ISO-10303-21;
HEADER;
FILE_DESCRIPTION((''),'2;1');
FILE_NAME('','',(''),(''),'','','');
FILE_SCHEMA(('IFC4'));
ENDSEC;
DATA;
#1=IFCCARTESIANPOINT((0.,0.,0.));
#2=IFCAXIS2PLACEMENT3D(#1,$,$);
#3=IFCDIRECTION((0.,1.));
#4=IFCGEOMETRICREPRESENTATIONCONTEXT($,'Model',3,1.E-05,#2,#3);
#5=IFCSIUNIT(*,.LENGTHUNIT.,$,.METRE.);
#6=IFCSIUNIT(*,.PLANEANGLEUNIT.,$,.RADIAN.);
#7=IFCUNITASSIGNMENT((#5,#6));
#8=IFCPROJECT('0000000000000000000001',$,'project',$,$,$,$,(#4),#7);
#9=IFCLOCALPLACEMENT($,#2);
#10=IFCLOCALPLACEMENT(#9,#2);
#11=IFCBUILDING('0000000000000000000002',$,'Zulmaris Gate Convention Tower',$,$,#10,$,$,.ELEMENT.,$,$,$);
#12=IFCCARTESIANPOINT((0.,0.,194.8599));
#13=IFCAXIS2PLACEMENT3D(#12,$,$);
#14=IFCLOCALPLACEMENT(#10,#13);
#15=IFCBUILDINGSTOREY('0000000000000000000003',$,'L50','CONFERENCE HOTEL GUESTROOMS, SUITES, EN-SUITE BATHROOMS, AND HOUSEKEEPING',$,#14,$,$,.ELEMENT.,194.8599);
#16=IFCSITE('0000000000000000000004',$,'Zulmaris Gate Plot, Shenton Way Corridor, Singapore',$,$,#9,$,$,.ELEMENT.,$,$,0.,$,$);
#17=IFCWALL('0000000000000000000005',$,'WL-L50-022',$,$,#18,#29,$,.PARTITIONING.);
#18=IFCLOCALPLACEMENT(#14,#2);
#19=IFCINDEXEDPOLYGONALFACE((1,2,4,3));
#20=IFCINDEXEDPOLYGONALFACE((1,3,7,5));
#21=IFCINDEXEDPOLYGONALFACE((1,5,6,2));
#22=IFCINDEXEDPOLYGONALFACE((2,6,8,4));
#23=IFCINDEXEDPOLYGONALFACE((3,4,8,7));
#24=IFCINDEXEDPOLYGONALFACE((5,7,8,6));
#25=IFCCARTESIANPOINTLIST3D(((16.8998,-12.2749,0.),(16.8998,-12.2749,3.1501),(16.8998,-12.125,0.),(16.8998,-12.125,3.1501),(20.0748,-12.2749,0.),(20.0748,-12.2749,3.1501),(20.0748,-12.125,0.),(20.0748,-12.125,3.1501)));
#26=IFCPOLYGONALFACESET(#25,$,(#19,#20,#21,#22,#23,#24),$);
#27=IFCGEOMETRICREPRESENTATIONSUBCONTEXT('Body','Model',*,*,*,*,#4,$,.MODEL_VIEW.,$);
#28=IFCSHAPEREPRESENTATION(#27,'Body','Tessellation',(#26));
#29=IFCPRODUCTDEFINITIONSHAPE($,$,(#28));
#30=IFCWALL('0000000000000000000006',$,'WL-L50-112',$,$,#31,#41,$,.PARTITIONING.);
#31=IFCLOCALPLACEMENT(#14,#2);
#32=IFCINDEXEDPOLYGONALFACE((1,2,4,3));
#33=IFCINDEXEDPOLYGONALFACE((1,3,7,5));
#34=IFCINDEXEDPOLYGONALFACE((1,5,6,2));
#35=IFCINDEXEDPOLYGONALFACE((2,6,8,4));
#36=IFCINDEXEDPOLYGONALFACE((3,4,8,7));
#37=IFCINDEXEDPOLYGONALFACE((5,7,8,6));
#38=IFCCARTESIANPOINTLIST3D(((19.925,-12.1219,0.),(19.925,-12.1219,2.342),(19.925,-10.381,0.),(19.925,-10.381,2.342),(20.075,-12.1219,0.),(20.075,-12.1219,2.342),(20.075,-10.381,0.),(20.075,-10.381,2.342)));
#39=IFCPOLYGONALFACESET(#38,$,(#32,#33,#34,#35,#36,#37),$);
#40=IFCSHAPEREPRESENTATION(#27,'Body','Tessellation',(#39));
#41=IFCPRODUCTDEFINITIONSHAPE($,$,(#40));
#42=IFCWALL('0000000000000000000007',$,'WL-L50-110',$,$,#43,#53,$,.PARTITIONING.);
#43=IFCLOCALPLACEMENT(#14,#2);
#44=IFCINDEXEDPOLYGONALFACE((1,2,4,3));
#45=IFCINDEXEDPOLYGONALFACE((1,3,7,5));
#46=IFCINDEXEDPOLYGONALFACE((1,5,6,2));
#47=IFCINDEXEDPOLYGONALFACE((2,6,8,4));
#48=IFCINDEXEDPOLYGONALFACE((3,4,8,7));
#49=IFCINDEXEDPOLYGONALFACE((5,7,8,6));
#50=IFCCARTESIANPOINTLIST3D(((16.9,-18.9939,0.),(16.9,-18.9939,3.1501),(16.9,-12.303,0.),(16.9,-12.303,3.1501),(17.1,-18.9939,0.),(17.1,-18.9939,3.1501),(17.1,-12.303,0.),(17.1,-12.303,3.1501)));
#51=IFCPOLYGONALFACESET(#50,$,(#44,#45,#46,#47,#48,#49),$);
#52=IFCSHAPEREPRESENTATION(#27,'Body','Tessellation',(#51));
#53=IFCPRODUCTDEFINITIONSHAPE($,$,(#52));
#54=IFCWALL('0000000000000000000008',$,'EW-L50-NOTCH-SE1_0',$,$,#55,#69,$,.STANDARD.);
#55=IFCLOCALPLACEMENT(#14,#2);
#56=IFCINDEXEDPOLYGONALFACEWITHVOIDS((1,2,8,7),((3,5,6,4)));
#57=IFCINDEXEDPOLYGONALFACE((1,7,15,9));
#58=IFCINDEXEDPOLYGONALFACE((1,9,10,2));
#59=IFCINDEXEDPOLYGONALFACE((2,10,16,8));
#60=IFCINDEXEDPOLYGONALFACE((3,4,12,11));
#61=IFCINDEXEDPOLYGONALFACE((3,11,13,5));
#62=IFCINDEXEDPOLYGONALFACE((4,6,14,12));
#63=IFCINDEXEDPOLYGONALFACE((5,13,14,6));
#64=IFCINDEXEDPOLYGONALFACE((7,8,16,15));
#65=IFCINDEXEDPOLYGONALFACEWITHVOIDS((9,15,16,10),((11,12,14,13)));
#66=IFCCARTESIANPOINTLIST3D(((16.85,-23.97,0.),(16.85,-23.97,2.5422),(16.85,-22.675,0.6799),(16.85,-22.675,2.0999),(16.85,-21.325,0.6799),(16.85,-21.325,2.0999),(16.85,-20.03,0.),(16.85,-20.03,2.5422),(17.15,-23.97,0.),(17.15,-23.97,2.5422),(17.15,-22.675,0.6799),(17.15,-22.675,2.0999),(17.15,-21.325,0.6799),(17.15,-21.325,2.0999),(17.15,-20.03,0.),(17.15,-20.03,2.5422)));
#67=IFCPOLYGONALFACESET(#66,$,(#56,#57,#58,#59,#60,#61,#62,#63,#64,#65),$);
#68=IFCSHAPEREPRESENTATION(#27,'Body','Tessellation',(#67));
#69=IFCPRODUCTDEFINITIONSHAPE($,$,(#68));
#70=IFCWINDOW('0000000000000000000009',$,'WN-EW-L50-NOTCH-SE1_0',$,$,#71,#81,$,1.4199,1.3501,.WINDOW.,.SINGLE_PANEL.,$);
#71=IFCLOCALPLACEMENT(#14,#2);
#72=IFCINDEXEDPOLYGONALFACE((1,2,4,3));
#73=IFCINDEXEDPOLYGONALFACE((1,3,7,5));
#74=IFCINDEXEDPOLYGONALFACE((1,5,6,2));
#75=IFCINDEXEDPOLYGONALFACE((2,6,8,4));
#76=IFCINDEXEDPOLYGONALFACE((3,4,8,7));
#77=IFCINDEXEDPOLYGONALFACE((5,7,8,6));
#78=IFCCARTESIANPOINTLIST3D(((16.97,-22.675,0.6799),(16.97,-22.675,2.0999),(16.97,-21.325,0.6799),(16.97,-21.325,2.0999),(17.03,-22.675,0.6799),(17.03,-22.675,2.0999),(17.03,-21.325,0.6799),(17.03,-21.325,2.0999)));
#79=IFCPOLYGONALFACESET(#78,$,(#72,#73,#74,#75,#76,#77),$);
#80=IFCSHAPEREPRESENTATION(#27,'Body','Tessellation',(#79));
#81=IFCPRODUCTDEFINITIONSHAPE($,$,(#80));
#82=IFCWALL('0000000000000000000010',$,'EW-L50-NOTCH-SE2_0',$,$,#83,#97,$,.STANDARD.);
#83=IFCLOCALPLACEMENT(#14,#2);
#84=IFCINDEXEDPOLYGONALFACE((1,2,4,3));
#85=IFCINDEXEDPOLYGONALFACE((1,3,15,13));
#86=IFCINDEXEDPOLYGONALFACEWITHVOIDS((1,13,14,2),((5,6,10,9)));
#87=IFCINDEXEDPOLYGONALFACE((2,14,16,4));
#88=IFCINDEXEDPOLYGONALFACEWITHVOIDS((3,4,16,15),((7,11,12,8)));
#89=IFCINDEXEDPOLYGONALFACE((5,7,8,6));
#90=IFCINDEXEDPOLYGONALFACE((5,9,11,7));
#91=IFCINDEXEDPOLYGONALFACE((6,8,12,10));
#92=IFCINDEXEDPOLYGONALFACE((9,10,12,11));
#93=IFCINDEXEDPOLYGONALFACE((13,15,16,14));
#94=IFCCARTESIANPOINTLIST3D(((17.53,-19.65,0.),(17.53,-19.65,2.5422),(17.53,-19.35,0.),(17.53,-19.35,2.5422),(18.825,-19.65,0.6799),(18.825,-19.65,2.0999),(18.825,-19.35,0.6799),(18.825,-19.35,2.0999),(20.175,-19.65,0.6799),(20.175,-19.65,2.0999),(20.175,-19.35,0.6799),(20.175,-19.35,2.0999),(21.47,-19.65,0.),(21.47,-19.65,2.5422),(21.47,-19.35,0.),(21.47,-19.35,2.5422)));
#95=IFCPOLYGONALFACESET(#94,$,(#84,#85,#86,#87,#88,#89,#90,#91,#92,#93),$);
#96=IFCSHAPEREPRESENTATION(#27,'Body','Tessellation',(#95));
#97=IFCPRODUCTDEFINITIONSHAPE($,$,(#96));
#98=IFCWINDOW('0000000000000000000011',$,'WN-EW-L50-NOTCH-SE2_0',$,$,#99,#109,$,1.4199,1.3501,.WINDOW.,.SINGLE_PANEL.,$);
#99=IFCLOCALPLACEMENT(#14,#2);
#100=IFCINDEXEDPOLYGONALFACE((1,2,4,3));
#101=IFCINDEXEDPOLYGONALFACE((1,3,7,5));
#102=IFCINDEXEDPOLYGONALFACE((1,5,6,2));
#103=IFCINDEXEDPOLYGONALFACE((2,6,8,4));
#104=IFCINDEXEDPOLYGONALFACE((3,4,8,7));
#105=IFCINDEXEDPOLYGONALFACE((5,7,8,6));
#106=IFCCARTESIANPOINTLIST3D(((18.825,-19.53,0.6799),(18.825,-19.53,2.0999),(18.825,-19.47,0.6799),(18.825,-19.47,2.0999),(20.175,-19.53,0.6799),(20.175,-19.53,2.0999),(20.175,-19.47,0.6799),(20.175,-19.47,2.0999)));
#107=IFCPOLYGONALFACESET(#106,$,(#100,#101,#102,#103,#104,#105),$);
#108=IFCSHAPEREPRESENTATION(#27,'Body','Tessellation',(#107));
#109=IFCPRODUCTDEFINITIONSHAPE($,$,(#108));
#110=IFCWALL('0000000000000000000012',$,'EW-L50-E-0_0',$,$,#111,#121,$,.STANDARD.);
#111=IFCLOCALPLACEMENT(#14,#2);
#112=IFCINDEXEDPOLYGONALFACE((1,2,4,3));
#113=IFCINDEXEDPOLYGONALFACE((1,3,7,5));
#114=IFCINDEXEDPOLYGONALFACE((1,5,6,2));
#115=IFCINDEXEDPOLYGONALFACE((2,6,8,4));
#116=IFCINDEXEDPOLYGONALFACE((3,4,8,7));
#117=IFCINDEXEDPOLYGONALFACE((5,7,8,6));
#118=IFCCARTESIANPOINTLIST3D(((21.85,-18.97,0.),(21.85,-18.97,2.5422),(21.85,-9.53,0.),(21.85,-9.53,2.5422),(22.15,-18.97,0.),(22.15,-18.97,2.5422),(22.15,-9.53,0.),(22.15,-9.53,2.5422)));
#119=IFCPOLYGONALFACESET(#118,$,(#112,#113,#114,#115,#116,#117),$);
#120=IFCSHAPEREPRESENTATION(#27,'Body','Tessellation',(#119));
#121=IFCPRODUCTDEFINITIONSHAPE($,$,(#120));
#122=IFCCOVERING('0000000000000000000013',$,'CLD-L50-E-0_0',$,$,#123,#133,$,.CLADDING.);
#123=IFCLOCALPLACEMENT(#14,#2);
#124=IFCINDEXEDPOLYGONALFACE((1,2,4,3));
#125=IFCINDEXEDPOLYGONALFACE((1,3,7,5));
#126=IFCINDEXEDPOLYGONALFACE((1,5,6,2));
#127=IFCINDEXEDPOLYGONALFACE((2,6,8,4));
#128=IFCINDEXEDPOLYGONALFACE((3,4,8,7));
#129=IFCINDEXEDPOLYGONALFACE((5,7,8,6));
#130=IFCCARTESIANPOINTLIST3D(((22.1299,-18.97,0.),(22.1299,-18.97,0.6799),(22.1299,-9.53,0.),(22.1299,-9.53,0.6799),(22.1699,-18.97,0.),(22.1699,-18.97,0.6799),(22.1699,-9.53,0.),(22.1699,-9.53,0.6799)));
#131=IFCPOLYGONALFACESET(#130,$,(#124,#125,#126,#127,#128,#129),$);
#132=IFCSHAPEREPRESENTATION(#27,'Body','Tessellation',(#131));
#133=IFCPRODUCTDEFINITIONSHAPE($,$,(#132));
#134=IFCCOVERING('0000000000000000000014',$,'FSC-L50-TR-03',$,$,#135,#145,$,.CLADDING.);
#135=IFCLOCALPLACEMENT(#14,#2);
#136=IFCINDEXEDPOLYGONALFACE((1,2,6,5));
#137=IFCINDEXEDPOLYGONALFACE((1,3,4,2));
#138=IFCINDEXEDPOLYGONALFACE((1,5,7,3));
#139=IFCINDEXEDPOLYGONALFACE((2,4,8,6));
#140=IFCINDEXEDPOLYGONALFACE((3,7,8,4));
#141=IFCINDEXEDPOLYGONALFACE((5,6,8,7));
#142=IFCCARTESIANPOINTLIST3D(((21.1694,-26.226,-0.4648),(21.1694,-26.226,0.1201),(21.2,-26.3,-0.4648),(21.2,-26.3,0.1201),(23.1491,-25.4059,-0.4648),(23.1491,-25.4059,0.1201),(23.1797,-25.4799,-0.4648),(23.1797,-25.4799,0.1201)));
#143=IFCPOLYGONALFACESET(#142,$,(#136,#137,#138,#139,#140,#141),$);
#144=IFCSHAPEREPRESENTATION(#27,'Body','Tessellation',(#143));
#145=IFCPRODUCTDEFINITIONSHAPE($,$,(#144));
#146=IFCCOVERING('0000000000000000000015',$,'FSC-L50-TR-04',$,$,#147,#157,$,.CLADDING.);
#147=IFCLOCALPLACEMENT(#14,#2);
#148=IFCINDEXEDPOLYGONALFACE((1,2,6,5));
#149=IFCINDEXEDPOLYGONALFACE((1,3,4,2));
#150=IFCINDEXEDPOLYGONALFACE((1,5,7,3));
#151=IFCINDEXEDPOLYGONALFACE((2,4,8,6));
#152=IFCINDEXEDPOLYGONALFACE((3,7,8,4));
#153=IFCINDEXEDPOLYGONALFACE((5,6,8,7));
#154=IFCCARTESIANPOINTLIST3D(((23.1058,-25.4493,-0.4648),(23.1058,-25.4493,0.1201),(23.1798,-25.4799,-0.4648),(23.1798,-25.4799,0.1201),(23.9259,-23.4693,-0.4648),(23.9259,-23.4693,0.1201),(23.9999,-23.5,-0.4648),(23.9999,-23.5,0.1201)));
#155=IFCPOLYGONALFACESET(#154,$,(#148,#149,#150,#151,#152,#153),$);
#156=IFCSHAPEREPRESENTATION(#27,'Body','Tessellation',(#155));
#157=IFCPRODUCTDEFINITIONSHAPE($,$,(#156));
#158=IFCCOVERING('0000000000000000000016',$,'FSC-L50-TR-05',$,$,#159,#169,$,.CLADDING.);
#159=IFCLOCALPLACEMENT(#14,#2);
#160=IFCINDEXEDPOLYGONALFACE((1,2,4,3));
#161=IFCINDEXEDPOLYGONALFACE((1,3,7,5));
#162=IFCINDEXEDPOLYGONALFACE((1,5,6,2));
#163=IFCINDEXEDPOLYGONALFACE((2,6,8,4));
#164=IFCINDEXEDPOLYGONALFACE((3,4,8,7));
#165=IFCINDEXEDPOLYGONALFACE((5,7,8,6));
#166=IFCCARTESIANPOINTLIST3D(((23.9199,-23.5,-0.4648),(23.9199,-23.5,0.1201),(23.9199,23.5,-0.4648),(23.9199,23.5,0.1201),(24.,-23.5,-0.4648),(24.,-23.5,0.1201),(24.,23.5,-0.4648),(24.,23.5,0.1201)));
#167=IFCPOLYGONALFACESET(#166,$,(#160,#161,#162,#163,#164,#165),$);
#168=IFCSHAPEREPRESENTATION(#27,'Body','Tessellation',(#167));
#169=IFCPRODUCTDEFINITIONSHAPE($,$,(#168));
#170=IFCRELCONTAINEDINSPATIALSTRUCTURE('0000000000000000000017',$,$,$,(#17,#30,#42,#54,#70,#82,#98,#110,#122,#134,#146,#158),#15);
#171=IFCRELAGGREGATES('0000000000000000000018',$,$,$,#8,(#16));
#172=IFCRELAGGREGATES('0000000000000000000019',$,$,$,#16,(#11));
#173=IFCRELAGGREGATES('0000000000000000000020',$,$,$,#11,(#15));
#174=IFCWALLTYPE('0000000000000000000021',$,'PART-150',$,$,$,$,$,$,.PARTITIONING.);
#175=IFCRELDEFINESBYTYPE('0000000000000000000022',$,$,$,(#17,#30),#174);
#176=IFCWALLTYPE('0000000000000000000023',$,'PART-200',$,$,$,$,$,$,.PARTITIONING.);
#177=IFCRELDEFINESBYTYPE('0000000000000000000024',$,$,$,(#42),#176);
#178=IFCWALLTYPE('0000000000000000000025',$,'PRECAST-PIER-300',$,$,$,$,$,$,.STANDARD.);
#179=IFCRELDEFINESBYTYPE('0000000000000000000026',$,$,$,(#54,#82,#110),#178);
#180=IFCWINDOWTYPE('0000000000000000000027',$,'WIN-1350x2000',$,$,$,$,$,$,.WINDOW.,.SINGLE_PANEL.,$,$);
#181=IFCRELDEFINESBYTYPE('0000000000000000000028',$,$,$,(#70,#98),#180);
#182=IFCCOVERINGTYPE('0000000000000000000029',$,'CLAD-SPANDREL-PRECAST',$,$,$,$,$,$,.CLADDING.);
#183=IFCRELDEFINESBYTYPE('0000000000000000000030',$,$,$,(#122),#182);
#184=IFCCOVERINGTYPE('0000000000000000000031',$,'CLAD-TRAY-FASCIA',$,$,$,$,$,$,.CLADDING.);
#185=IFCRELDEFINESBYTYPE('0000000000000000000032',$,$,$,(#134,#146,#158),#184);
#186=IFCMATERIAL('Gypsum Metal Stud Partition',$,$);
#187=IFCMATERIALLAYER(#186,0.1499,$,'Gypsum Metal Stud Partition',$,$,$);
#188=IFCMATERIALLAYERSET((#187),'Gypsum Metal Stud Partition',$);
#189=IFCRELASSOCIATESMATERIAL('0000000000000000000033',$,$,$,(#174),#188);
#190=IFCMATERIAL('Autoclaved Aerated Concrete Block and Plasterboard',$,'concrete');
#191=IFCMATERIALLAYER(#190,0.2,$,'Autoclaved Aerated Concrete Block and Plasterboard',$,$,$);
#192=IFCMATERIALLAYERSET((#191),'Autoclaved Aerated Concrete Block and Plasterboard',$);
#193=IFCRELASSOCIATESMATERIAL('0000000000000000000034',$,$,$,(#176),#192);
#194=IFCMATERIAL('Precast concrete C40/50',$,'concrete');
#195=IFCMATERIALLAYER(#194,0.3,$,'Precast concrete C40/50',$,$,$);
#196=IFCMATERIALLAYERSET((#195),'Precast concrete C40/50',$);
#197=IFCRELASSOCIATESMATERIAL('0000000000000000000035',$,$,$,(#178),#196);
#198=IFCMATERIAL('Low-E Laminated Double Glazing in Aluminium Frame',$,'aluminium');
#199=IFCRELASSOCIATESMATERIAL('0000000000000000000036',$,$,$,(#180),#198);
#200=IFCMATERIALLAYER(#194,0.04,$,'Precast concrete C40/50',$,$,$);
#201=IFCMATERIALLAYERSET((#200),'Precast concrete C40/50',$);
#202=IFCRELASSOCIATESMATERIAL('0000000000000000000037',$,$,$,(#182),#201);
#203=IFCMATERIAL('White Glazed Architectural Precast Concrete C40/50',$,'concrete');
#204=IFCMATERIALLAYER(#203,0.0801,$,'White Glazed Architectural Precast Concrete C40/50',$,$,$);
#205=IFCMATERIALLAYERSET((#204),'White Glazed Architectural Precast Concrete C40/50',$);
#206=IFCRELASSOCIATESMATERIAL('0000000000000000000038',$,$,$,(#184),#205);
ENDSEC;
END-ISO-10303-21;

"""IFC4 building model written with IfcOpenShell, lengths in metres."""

from ifc_helpers import new_model, si_unit, direction, frame, frame_2d, origin, place, context, subcontext, project, spatial, rectangle, extrude, material, layer, layer_set, type_object, element, fill, save


model = new_model("IFC4")

# Units and contexts
model_context = context("Model", 3, precision=1e-05, world=origin(), true_north=direction((0.0, 1.0)))
body_context = subcontext(model_context, "Body", "Model", "MODEL_VIEW")
ifc_project = project(units=[si_unit("LENGTHUNIT", "METRE"), si_unit("PLANEANGLEUNIT", "RADIAN")], contexts=[model_context])

# Site, building, storey
site_placement = place(None, origin())
site = spatial("IfcSite", under=ifc_project, at=site_placement, Name="Zulmaris Gate Plot, Shenton Way Corridor, Singapore", CompositionType="ELEMENT", RefElevation=0.0)
building_placement = place(site_placement, origin())
building = spatial("IfcBuilding", under=site, at=building_placement, Name="Zulmaris Gate Convention Tower", CompositionType="ELEMENT")
storey_placement = place(building_placement, frame((0.0, 0.0, 194.8599)))
storey = spatial("IfcBuildingStorey", under=building, at=storey_placement, Name="L50", Description="CONFERENCE HOTEL GUESTROOMS, SUITES, EN-SUITE BATHROOMS, AND HOUSEKEEPING", CompositionType="ELEMENT", Elevation=194.8599)

# Walls
ifc_material_1 = material(Name="Gypsum Metal Stud Partition")
ifc_layer_1 = layer(ifc_material_1, 0.1499, Name="Gypsum Metal Stud Partition")
ifc_layer_set_1 = layer_set([ifc_layer_1], Name="Gypsum Metal Stud Partition")
wall_type_1 = type_object("IfcWallType", Name="PART-150", PredefinedType="PARTITIONING", material=ifc_layer_set_1)
wall_1_placement = place(storey_placement, frame((16.8999, -12.2, 0.0), z_axis=(0.0, 0.0, 1.0), x_axis=(1.0, 0.0, 0.0)))
element("IfcWall", 1, at=wall_1_placement, inside=storey, type_object=wall_type_1, Name="WL-L50-022", PredefinedType="PARTITIONING", context=body_context, shape_type="SweptSolid", body=[
    extrude(rectangle(XDim=3.175, YDim=0.1499, at=frame_2d((1.5874, 0.0))), origin(), (0.0, 0.0, 1.0), 3.1501),
])
wall_2_placement = place(storey_placement, frame((20.0, -12.1221, 0.0), z_axis=(0.0, 0.0, 1.0), x_axis=(0.0, 1.0, 0.0)))
element("IfcWall", 2, at=wall_2_placement, inside=storey, type_object=wall_type_1, Name="WL-L50-112", PredefinedType="PARTITIONING", context=body_context, shape_type="SweptSolid", body=[
    extrude(rectangle(XDim=1.741, YDim=0.1499, at=frame_2d((0.8706, 0.0))), origin(), (0.0, 0.0, 1.0), 2.342),
])
ifc_material_2 = material(Name="Autoclaved Aerated Concrete Block and Plasterboard", Category="concrete")
ifc_layer_2 = layer(ifc_material_2, 0.2, Name="Autoclaved Aerated Concrete Block and Plasterboard")
ifc_layer_set_2 = layer_set([ifc_layer_2], Name="Autoclaved Aerated Concrete Block and Plasterboard")
wall_type_2 = type_object("IfcWallType", Name="PART-200", PredefinedType="PARTITIONING", material=ifc_layer_set_2)
wall_3_placement = place(storey_placement, frame((17.0, -18.9939, 0.0), z_axis=(0.0, 0.0, 1.0), x_axis=(0.0, 1.0, 0.0)))
element("IfcWall", 3, at=wall_3_placement, inside=storey, type_object=wall_type_2, Name="WL-L50-110", PredefinedType="PARTITIONING", context=body_context, shape_type="SweptSolid", body=[
    extrude(rectangle(XDim=6.6909, YDim=0.2, at=frame_2d((3.3455, 0.0))), origin(), (0.0, 0.0, 1.0), 3.1501),
])

# Walls, openings, windows
ifc_material_3 = material(Name="Precast concrete C40/50", Category="concrete")
ifc_layer_3 = layer(ifc_material_3, 0.3, Name="Precast concrete C40/50")
ifc_layer_set_3 = layer_set([ifc_layer_3], Name="Precast concrete C40/50")
wall_type_3 = type_object("IfcWallType", Name="PRECAST-PIER-300", PredefinedType="STANDARD", material=ifc_layer_set_3)
wall_4_placement = place(storey_placement, frame((17.0, -23.97, 0.0), z_axis=(0.0, 0.0, 1.0), x_axis=(0.0, 1.0, 0.0)))
wall_4 = element("IfcWall", 4, at=wall_4_placement, inside=storey, type_object=wall_type_3, Name="EW-L50-NOTCH-SE1_0", PredefinedType="STANDARD", context=body_context, shape_type="SweptSolid", body=[
    extrude(rectangle(XDim=3.9399, YDim=0.3, at=frame_2d((1.97, 0.0))), origin(), (0.0, 0.0, 1.0), 2.5422),
])
opening_1_placement = place(wall_4_placement, frame((1.2949, 0.0, 0.6799)))
opening_1 = element("IfcOpeningElement", 5, at=opening_1_placement, cuts=wall_4, PredefinedType="OPENING", context=body_context, shape_type="SweptSolid", body=[
    extrude(rectangle(XDim=1.3501, YDim=1.4199, at=frame_2d((0.675, 0.71))), frame((0.0, 0.1602, 0.0), z_axis=(0.0, -1.0, 0.0), x_axis=(1.0, 0.0, 0.0)), (0.0, 0.0, 1.0), 0.3201),
])
ifc_material_4 = material(Name="Low-E Laminated Double Glazing in Aluminium Frame", Category="aluminium")
window_type = type_object("IfcWindowType", Name="WIN-1350x2000", PartitioningType="SINGLE_PANEL", PredefinedType="WINDOW", material=ifc_material_4)
window_1_placement = place(opening_1_placement, origin())
window_1 = element("IfcWindow", 6, at=window_1_placement, inside=storey, type_object=window_type, Name="WN-EW-L50-NOTCH-SE1_0", OverallHeight=1.4199, OverallWidth=1.3501, PartitioningType="SINGLE_PANEL", PredefinedType="WINDOW", context=body_context, shape_type="SweptSolid", body=[
    extrude(rectangle(XDim=1.3501, YDim=1.4199, at=frame_2d((0.675, 0.71))), frame((0.0, 0.03, 0.0), z_axis=(0.0, -1.0, 0.0), x_axis=(1.0, 0.0, 0.0)), (0.0, 0.0, 1.0), 0.0601),
])
fill(opening_1, window_1)
wall_5_placement = place(storey_placement, frame((17.53, -19.5, 0.0), z_axis=(0.0, 0.0, 1.0), x_axis=(1.0, 0.0, 0.0)))
wall_5 = element("IfcWall", 7, at=wall_5_placement, inside=storey, type_object=wall_type_3, Name="EW-L50-NOTCH-SE2_0", PredefinedType="STANDARD", context=body_context, shape_type="SweptSolid", body=[
    extrude(rectangle(XDim=3.9399, YDim=0.3, at=frame_2d((1.97, 0.0))), origin(), (0.0, 0.0, 1.0), 2.5422),
])
opening_2_placement = place(wall_5_placement, frame((1.2949, 0.0, 0.6799)))
opening_2 = element("IfcOpeningElement", 8, at=opening_2_placement, cuts=wall_5, PredefinedType="OPENING", context=body_context, shape_type="SweptSolid", body=[
    extrude(rectangle(XDim=1.3501, YDim=1.4199, at=frame_2d((0.675, 0.71))), frame((0.0, 0.1602, 0.0), z_axis=(0.0, -1.0, 0.0), x_axis=(1.0, 0.0, 0.0)), (0.0, 0.0, 1.0), 0.3201),
])
window_2_placement = place(opening_2_placement, origin())
window_2 = element("IfcWindow", 9, at=window_2_placement, inside=storey, type_object=window_type, Name="WN-EW-L50-NOTCH-SE2_0", OverallHeight=1.4199, OverallWidth=1.3501, PartitioningType="SINGLE_PANEL", PredefinedType="WINDOW", context=body_context, shape_type="SweptSolid", body=[
    extrude(rectangle(XDim=1.3501, YDim=1.4199, at=frame_2d((0.675, 0.71))), frame((0.0, 0.03, 0.0), z_axis=(0.0, -1.0, 0.0), x_axis=(1.0, 0.0, 0.0)), (0.0, 0.0, 1.0), 0.0601),
])
fill(opening_2, window_2)

# Wall
wall_6_placement = place(storey_placement, frame((22.0, -18.97, 0.0), z_axis=(0.0, 0.0, 1.0), x_axis=(0.0, 1.0, 0.0)))
element("IfcWall", 10, at=wall_6_placement, inside=storey, type_object=wall_type_3, Name="EW-L50-E-0_0", PredefinedType="STANDARD", context=body_context, shape_type="SweptSolid", body=[
    extrude(rectangle(XDim=9.4399, YDim=0.3, at=frame_2d((4.72, 0.0))), origin(), (0.0, 0.0, 1.0), 2.5422),
])

# Coverings
ifc_layer_4 = layer(ifc_material_3, 0.04, Name="Precast concrete C40/50")
ifc_layer_set_4 = layer_set([ifc_layer_4], Name="Precast concrete C40/50")
covering_type_1 = type_object("IfcCoveringType", Name="CLAD-SPANDREL-PRECAST", PredefinedType="CLADDING", material=ifc_layer_set_4)
covering_1_placement = place(storey_placement, frame((22.1499, -18.97, 0.0), z_axis=(0.0, 0.0, 1.0), x_axis=(0.0, 1.0, 0.0)))
element("IfcCovering", 11, at=covering_1_placement, inside=storey, type_object=covering_type_1, Name="CLD-L50-E-0_0", PredefinedType="CLADDING", context=body_context, shape_type="SweptSolid", body=[
    extrude(rectangle(XDim=9.4399, YDim=0.04, at=frame_2d((4.72, 0.0))), origin(), (0.0, 0.0, 1.0), 0.6799),
])
ifc_material_5 = material(Name="White Glazed Architectural Precast Concrete C40/50", Category="concrete")
ifc_layer_5 = layer(ifc_material_5, 0.0801, Name="White Glazed Architectural Precast Concrete C40/50")
ifc_layer_set_5 = layer_set([ifc_layer_5], Name="White Glazed Architectural Precast Concrete C40/50")
covering_type_2 = type_object("IfcCoveringType", Name="CLAD-TRAY-FASCIA", PredefinedType="CLADDING", material=ifc_layer_set_5)
covering_2_placement = place(storey_placement, frame((21.1848, -26.2629, -0.4648), z_axis=(0.0, 0.0, 1.0), x_axis=(0.923874, 0.382697, 0.0)))
element("IfcCovering", 12, at=covering_2_placement, inside=storey, type_object=covering_type_2, Name="FSC-L50-TR-03", PredefinedType="CLADDING", context=body_context, shape_type="SweptSolid", body=[
    extrude(rectangle(XDim=2.1428, YDim=0.0801, at=frame_2d((1.0713, 0.0))), origin(), (0.0, 0.0, 1.0), 0.585),
])
covering_3_placement = place(storey_placement, frame((23.1428, -25.4646, -0.4648), z_axis=(0.0, 0.0, 1.0), x_axis=(0.382657, 0.92389, 0.0)))
element("IfcCovering", 13, at=covering_3_placement, inside=storey, type_object=covering_type_2, Name="FSC-L50-TR-04", PredefinedType="CLADDING", context=body_context, shape_type="SweptSolid", body=[
    extrude(rectangle(XDim=2.1431, YDim=0.0801, at=frame_2d((1.0715, 0.0))), origin(), (0.0, 0.0, 1.0), 0.585),
])
covering_4_placement = place(storey_placement, frame((23.96, -23.5, -0.4648), z_axis=(0.0, 0.0, 1.0), x_axis=(0.0, 1.0, 0.0)))
element("IfcCovering", 14, at=covering_4_placement, inside=storey, type_object=covering_type_2, Name="FSC-L50-TR-05", PredefinedType="CLADDING", context=body_context, shape_type="SweptSolid", body=[
    extrude(rectangle(XDim=47.0, YDim=0.0801, at=frame_2d((23.5, 0.0))), origin(), (0.0, 0.0, 1.0), 0.585),
])

save(model, "model.ifc")
